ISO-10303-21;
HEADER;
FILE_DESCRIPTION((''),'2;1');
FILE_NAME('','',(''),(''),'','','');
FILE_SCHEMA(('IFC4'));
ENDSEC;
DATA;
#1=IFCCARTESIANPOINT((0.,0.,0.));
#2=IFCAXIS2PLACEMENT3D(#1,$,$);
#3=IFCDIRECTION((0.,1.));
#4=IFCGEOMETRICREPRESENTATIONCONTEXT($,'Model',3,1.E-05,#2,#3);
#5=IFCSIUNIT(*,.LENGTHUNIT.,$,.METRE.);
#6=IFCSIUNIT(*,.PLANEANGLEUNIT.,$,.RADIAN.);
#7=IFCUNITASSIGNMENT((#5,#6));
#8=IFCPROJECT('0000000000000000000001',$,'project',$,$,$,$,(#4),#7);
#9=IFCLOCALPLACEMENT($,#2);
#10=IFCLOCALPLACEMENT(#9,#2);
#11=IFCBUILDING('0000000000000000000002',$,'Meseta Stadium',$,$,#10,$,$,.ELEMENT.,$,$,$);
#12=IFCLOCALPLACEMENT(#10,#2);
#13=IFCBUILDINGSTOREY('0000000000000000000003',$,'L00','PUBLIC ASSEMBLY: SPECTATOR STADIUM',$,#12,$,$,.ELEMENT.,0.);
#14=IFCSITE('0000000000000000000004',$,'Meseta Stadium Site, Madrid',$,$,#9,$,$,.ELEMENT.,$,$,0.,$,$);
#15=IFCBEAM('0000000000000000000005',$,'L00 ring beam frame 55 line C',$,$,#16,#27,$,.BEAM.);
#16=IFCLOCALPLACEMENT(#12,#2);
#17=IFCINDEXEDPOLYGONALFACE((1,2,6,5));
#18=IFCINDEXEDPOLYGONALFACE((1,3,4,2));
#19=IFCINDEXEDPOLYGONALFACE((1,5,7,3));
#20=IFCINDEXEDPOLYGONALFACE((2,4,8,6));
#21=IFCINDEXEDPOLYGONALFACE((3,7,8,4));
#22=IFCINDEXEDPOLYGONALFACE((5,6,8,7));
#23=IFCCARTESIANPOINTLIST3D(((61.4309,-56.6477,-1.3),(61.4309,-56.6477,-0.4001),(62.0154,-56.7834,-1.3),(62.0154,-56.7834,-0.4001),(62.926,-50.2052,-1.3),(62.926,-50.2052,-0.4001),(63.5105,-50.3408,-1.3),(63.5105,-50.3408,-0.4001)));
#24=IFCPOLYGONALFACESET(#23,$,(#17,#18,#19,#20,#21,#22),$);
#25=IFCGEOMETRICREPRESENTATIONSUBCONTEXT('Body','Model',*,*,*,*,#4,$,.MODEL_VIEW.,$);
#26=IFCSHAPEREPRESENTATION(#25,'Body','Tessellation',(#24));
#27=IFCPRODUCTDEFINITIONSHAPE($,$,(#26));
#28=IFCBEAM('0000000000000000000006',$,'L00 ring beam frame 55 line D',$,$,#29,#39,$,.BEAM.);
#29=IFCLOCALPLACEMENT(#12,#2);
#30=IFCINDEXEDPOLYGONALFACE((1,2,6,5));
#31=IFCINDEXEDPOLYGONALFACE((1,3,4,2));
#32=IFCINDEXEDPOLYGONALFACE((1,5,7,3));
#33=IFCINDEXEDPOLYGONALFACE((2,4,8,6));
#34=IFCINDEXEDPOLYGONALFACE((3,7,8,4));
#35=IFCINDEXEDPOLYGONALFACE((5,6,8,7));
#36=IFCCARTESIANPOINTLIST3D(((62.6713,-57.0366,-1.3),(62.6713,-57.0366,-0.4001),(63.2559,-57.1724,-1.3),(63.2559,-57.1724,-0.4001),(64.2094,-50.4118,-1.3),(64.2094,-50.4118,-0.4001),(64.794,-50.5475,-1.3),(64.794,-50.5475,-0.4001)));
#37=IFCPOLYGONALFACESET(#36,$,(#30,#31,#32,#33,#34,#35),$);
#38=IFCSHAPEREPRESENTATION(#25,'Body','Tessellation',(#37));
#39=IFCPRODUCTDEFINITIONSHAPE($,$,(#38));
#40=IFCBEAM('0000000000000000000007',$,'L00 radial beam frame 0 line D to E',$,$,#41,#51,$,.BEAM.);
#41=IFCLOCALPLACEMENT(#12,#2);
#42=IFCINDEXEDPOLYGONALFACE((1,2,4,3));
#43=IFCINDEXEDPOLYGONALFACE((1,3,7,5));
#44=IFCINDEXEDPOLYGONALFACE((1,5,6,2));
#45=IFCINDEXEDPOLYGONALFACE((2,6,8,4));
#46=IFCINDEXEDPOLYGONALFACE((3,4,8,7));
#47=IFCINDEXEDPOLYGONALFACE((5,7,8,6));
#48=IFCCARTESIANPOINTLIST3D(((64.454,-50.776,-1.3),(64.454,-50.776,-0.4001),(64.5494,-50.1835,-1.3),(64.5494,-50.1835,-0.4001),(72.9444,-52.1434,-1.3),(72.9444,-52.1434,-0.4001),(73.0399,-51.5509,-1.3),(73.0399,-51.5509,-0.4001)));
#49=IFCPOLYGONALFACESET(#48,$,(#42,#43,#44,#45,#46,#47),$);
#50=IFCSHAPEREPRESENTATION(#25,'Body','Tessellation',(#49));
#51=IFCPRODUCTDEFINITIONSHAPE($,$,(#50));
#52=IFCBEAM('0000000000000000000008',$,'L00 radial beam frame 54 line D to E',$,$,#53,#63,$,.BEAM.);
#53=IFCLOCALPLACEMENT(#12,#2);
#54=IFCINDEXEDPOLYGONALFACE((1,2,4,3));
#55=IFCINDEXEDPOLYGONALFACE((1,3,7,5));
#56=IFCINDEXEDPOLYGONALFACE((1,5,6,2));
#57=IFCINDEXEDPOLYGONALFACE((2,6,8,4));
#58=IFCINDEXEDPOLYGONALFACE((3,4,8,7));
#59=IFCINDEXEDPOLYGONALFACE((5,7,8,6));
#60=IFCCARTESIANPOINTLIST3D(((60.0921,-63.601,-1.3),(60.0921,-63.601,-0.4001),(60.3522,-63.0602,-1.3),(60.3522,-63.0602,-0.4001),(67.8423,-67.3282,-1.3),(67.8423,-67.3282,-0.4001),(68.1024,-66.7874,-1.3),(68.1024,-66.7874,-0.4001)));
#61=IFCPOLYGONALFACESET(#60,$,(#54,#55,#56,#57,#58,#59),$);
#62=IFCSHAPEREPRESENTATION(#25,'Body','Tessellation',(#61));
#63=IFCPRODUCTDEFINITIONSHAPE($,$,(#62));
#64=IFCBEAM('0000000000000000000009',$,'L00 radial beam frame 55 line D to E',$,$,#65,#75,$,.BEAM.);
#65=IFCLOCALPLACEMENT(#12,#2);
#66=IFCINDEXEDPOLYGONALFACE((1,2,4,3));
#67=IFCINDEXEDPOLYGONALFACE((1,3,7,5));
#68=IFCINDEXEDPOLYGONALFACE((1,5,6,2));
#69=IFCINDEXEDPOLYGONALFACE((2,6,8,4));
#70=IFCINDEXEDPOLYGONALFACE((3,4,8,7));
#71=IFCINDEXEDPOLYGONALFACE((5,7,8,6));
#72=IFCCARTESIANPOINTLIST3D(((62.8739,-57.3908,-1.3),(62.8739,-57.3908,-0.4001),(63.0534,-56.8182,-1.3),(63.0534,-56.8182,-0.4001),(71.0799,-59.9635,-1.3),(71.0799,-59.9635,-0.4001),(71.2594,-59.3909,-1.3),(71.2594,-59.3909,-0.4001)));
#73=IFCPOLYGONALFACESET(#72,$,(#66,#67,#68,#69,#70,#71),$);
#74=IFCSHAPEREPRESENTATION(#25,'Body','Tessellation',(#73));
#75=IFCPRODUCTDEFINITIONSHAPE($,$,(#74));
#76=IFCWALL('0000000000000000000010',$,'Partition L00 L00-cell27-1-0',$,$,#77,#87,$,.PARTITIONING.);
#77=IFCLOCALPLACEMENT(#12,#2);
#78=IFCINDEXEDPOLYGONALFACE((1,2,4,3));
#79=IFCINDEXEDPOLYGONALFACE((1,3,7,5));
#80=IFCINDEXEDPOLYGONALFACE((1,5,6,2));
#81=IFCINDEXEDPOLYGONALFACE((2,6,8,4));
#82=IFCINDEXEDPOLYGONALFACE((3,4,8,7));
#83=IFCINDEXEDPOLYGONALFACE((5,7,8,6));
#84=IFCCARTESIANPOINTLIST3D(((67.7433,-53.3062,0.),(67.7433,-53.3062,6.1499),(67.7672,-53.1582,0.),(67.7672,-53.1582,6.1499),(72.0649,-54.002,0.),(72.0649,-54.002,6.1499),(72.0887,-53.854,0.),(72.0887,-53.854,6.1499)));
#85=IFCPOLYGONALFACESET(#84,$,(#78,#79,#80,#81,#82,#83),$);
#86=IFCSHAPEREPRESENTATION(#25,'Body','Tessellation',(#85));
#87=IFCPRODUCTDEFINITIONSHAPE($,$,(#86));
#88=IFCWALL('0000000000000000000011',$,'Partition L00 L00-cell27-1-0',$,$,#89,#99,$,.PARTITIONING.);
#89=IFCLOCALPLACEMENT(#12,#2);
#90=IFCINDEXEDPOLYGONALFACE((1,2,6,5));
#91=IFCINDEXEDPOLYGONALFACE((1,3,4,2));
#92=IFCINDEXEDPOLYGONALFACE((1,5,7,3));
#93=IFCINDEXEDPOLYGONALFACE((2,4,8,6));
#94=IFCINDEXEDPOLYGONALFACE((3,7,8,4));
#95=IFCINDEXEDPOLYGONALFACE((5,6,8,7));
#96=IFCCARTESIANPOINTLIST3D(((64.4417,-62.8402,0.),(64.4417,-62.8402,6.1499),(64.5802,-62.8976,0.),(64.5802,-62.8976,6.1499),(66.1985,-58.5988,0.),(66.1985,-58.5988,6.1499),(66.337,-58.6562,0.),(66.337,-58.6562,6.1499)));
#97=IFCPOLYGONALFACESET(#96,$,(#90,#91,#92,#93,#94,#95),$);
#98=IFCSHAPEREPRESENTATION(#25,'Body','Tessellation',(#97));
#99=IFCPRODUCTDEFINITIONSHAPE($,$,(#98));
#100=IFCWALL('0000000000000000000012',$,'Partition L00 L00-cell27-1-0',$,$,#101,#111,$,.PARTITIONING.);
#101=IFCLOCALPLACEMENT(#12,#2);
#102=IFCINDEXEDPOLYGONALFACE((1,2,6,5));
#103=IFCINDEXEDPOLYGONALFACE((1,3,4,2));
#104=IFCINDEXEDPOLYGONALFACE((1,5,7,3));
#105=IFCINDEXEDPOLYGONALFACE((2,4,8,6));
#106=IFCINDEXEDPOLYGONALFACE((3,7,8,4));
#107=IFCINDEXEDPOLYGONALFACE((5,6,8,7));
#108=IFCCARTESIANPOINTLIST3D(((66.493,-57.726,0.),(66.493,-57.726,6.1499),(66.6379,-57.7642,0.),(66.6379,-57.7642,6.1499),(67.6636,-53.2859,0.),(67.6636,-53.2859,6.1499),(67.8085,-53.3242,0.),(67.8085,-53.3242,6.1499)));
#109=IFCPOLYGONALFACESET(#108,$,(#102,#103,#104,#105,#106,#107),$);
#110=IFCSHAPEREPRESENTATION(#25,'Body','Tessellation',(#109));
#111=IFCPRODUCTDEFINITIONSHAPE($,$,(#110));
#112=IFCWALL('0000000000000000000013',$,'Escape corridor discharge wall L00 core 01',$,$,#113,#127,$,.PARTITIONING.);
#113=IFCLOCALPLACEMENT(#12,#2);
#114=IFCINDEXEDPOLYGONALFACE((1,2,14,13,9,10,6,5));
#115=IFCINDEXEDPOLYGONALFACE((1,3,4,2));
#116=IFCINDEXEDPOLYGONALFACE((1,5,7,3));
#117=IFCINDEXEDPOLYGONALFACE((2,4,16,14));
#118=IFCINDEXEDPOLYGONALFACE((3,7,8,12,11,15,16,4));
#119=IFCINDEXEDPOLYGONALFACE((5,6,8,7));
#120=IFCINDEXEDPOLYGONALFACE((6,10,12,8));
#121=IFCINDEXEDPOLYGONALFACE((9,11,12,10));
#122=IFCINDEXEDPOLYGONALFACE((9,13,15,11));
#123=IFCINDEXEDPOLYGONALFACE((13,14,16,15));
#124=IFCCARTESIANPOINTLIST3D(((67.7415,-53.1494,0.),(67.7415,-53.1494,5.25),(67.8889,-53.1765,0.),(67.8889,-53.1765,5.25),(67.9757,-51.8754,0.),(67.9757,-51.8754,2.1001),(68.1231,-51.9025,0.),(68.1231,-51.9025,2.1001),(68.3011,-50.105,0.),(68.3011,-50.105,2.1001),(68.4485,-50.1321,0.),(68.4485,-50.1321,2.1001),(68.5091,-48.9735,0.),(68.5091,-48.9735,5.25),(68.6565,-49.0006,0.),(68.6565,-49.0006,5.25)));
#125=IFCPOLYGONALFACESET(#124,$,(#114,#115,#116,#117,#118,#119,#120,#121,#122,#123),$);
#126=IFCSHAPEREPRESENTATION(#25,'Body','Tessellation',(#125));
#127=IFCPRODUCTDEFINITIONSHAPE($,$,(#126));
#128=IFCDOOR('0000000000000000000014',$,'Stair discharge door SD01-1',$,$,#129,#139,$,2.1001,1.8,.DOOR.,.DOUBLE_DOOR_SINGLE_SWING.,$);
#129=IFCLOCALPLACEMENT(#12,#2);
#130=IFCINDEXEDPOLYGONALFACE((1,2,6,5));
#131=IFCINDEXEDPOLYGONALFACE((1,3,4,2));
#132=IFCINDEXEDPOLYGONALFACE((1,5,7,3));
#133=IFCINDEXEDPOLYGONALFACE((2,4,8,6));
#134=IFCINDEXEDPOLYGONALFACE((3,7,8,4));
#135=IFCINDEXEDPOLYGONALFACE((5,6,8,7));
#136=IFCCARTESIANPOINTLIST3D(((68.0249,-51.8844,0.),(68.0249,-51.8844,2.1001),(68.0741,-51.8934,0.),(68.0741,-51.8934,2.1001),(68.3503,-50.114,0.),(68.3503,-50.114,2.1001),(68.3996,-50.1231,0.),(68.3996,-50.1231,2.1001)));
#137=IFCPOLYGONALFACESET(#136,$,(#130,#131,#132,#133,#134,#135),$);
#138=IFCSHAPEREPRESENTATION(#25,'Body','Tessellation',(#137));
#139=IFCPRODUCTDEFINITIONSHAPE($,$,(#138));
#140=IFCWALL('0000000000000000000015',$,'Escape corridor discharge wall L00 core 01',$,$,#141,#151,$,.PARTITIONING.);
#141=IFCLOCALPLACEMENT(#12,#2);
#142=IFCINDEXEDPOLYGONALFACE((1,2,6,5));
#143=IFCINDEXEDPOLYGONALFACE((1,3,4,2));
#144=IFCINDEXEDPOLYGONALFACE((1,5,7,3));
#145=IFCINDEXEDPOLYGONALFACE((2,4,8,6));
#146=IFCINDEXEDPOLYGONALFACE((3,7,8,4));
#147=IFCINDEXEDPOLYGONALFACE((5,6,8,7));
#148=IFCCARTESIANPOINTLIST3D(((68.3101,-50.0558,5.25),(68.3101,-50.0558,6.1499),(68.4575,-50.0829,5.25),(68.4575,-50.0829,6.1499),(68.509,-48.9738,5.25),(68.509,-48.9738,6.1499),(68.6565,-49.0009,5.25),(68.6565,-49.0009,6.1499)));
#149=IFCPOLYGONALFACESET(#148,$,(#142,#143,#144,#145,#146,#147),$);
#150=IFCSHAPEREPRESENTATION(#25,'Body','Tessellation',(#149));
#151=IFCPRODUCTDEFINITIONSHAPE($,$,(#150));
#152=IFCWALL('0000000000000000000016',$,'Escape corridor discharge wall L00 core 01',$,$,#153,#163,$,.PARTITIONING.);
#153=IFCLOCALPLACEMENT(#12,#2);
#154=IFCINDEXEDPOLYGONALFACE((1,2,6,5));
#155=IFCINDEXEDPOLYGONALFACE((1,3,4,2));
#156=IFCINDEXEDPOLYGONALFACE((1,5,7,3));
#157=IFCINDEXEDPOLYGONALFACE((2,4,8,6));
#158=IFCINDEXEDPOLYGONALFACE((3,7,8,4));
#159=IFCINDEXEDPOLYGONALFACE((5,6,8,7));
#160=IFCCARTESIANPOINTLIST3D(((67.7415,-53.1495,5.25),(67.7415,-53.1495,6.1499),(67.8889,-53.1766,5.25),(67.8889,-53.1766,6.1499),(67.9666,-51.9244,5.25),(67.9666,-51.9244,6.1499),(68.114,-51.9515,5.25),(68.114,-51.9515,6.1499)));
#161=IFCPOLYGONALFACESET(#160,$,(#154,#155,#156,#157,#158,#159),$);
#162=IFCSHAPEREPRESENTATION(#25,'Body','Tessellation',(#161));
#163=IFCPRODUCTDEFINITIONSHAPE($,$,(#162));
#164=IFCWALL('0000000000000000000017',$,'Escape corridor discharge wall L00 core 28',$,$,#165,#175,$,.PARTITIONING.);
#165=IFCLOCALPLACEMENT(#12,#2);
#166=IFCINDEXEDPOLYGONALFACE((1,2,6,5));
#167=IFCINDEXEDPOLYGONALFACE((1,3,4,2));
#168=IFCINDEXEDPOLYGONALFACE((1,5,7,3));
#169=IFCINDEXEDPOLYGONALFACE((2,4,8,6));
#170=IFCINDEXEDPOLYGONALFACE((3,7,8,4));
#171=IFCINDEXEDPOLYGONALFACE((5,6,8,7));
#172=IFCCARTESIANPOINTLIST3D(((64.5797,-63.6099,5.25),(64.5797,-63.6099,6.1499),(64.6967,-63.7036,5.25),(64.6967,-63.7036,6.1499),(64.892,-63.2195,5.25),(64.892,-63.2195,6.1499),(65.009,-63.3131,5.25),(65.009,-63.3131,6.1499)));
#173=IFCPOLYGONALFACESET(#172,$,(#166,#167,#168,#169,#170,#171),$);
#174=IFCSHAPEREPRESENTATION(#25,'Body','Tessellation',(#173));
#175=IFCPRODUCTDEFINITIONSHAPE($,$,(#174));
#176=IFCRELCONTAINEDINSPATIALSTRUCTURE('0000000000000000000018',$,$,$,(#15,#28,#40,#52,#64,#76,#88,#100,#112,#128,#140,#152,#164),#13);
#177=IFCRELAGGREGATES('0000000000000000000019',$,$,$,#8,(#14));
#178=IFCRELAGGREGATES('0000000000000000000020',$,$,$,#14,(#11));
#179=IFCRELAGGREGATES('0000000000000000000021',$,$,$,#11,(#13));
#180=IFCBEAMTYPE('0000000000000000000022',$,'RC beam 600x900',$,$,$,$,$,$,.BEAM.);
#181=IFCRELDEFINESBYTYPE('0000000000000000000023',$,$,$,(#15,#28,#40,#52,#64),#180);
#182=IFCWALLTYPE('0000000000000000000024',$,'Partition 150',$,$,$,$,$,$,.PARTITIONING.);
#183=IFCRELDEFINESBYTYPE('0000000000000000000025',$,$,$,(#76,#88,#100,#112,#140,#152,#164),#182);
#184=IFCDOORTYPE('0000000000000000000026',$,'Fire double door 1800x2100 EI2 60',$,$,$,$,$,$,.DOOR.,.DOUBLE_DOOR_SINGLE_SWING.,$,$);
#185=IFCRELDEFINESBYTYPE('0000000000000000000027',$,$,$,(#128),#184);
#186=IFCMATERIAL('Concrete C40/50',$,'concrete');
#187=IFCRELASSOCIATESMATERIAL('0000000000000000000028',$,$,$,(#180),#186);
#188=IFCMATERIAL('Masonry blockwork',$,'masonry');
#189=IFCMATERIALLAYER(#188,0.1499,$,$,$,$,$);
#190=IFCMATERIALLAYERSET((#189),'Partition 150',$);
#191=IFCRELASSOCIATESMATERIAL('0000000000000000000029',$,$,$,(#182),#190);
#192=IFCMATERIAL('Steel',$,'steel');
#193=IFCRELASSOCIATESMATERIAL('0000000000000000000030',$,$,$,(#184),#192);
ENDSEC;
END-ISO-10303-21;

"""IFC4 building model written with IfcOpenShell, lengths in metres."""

from ifc_helpers import new_model, si_unit, direction, frame, frame_2d, origin, origin_2d, place, context, subcontext, project, spatial, rectangle, extrude, material, layer, layer_set, material_profile, profile_set, type_object, element, fill, save


model = new_model("IFC4")

# Units and contexts
model_context = context("Model", 3, precision=1e-05, world=origin(), true_north=direction((0.0, 1.0)))
body_context = subcontext(model_context, "Body", "Model", "MODEL_VIEW")
ifc_project = project(units=[si_unit("LENGTHUNIT", "METRE"), si_unit("PLANEANGLEUNIT", "RADIAN")], contexts=[model_context])

# Site, building, storey
site_placement = place(None, origin())
site = spatial("IfcSite", under=ifc_project, at=site_placement, Name="Meseta Stadium Site, Madrid", CompositionType="ELEMENT", RefElevation=0.0)
building_placement = place(site_placement, origin())
building = spatial("IfcBuilding", under=site, at=building_placement, Name="Meseta Stadium", CompositionType="ELEMENT")
storey_placement = place(building_placement, origin())
storey = spatial("IfcBuildingStorey", under=building, at=storey_placement, Name="L00", Description="PUBLIC ASSEMBLY: SPECTATOR STADIUM", CompositionType="ELEMENT", Elevation=0.0)

# Beams
ifc_material_1 = material(Name="Concrete C40/50", Category="concrete")
ifc_material_profile_1 = material_profile(ifc_material_1, rectangle(XDim=0.6001, YDim=0.8999, at=origin_2d()), Name="RC 600x900")
ifc_profile_set_1 = profile_set([ifc_material_profile_1], Name="Concrete C40/50")
beam_type_1 = type_object("IfcBeamType", Name="RC beam 600x900", PredefinedType="BEAM", material=ifc_profile_set_1)
beam_1_placement = place(storey_placement, frame((61.7231, -56.7156, -0.8501), z_axis=(0.226059, 0.974114, 0.0), x_axis=(-0.974114, 0.226059, 0.0)))
element("IfcBeam", 1, at=beam_1_placement, inside=storey, type_object=beam_type_1, Name="L00 ring beam frame 55 line C", PredefinedType="BEAM", context=body_context, shape_type="SweptSolid", body=[
    extrude(rectangle(XDim=0.6001, YDim=0.8999, at=origin_2d()), origin(), (0.0, 0.0, 1.0), 6.6138),
])
beam_2_placement = place(storey_placement, frame((62.9636, -57.1045, -0.8501), z_axis=(0.226157, 0.974091, 0.0), x_axis=(-0.974091, 0.226157, 0.0)))
element("IfcBeam", 2, at=beam_2_placement, inside=storey, type_object=beam_type_1, Name="L00 ring beam frame 55 line D", PredefinedType="BEAM", context=body_context, shape_type="SweptSolid", body=[
    extrude(rectangle(XDim=0.6001, YDim=0.8999, at=origin_2d()), origin(), (0.0, 0.0, 1.0), 6.801),
])
for number, where, z_axis, x_axis, name in (
    (3, (64.5017, -50.4797, -0.8501), (0.987278, -0.159006, 0.0), (0.159006, 0.987278, 0.0), "L00 radial beam frame 0 line D to E"),
    (4, (60.2222, -63.3306, -0.8501), (0.901197, -0.433409, 0.0), (0.433409, 0.901197, 0.0), "L00 radial beam frame 54 line D to E"),
    (5, (62.9636, -57.1045, -0.8501), (0.954203, -0.299161, 0.0), (0.299161, 0.954203, 0.0), "L00 radial beam frame 55 line D to E"),
):
    element("IfcBeam", number, at=place(storey_placement, frame(where, z_axis=z_axis, x_axis=x_axis)), inside=storey, type_object=beam_type_1, Name=name, PredefinedType="BEAM", context=body_context, shape_type="SweptSolid", body=[
        extrude(rectangle(XDim=0.6001, YDim=0.8999, at=origin_2d()), origin(), (0.0, 0.0, 1.0), 8.5999),
    ])

# Walls
ifc_material_2 = material(Name="Masonry blockwork", Category="masonry")
ifc_layer = layer(ifc_material_2, 0.1499)
ifc_layer_set = layer_set([ifc_layer], Name="Partition 150")
wall_type = type_object("IfcWallType", Name="Partition 150", PredefinedType="PARTITIONING", material=ifc_layer_set)
wall_1_placement = place(storey_placement, frame((67.7554, -53.2322, 0.0), z_axis=(0.0, 0.0, 1.0), x_axis=(0.987285, -0.158961, 0.0)))
element("IfcWall", 6, at=wall_1_placement, inside=storey, type_object=wall_type, Name="Partition L00 L00-cell27-1-0", PredefinedType="PARTITIONING", context=body_context, shape_type="SweptSolid", body=[
    extrude(rectangle(XDim=4.3772, YDim=0.1499, at=frame_2d((2.1885, 0.0))), origin(), (0.0, 0.0, 1.0), 6.1499),
])
wall_2_placement = place(storey_placement, frame((64.511, -62.8689, 0.0), z_axis=(0.0, 0.0, 1.0), x_axis=(0.382677, 0.923882, 0.0)))
element("IfcWall", 7, at=wall_2_placement, inside=storey, type_object=wall_type, Name="Partition L00 L00-cell27-1-0", PredefinedType="PARTITIONING", context=body_context, shape_type="SweptSolid", body=[
    extrude(rectangle(XDim=4.5908, YDim=0.1499, at=frame_2d((2.2954, 0.0))), origin(), (0.0, 0.0, 1.0), 6.1499),
])
wall_3_placement = place(storey_placement, frame((66.5654, -57.7451, 0.0), z_axis=(0.0, 0.0, 1.0), x_axis=(0.254938, 0.966957, 0.0)))
element("IfcWall", 8, at=wall_3_placement, inside=storey, type_object=wall_type, Name="Partition L00 L00-cell27-1-0", PredefinedType="PARTITIONING", context=body_context, shape_type="SweptSolid", body=[
    extrude(rectangle(XDim=4.5918, YDim=0.1499, at=frame_2d((2.2959, 0.0))), origin(), (0.0, 0.0, 1.0), 6.1499),
])

# Wall, opening, door
wall_4_placement = place(storey_placement, frame((67.8152, -53.1631, 0.0), z_axis=(0.0, 0.0, 1.0), x_axis=(0.180788, 0.983522, 0.0)))
wall_4 = element("IfcWall", 9, at=wall_4_placement, inside=storey, type_object=wall_type, Name="Escape corridor discharge wall L00 core 01", PredefinedType="PARTITIONING", context=body_context, shape_type="SweptSolid", body=[
    extrude(rectangle(XDim=4.2458, YDim=0.1499, at=frame_2d((2.123, 0.0))), origin(), (0.0, 0.0, 1.0), 5.25),
])
opening_placement = place(wall_4_placement, frame((1.2957, 0.0, 0.0)))
opening = element("IfcOpeningElement", 10, at=opening_placement, cuts=wall_4, PredefinedType="OPENING", context=body_context, shape_type="SweptSolid", body=[
    extrude(rectangle(XDim=1.8, YDim=2.1001, at=frame_2d((0.8999, 1.05))), frame((0.0, 0.085, 0.0), z_axis=(0.0, -1.0, 0.0), x_axis=(1.0, 0.0, 0.0)), (0.0, 0.0, 1.0), 0.1699),
])
ifc_material_3 = material(Name="Steel", Category="steel")
door_type = type_object("IfcDoorType", Name="Fire double door 1800x2100 EI2 60", OperationType="DOUBLE_DOOR_SINGLE_SWING", PredefinedType="DOOR", material=ifc_material_3)
door_placement = place(opening_placement, origin())
door = element("IfcDoor", 11, at=door_placement, inside=storey, type_object=door_type, Name="Stair discharge door SD01-1", OperationType="DOUBLE_DOOR_SINGLE_SWING", OverallHeight=2.1001, OverallWidth=1.8, PredefinedType="DOOR", context=body_context, shape_type="SweptSolid", body=[
    extrude(rectangle(XDim=1.8, YDim=2.1001, at=frame_2d((0.8999, 1.05))), frame((0.0, 0.0249, 0.0), z_axis=(0.0, -1.0, 0.0), x_axis=(1.0, 0.0, 0.0)), (0.0, 0.0, 1.0), 0.05),
])
fill(opening, door)

# Walls
wall_5_placement = place(storey_placement, frame((68.3838, -50.0693, 5.25), z_axis=(0.0, 0.0, 1.0), x_axis=(0.180857, 0.983509, 0.0)))
element("IfcWall", 12, at=wall_5_placement, inside=storey, type_object=wall_type, Name="Escape corridor discharge wall L00 core 01", PredefinedType="PARTITIONING", context=body_context, shape_type="SweptSolid", body=[
    extrude(rectangle(XDim=1.1001, YDim=0.1499, at=frame_2d((0.55, 0.0))), origin(), (0.0, 0.0, 1.0), 0.8999),
])
wall_6_placement = place(storey_placement, frame((67.8152, -53.1631, 5.25), z_axis=(0.0, 0.0, 1.0), x_axis=(0.180713, 0.983536, 0.0)))
element("IfcWall", 13, at=wall_6_placement, inside=storey, type_object=wall_type, Name="Escape corridor discharge wall L00 core 01", PredefinedType="PARTITIONING", context=body_context, shape_type="SweptSolid", body=[
    extrude(rectangle(XDim=1.2456, YDim=0.1499, at=frame_2d((0.6228, 0.0))), origin(), (0.0, 0.0, 1.0), 0.8999),
])
wall_7_placement = place(storey_placement, frame((64.6382, -63.6567, 5.25), z_axis=(0.0, 0.0, 1.0), x_axis=(0.624635, 0.780916, 0.0)))
element("IfcWall", 14, at=wall_7_placement, inside=storey, type_object=wall_type, Name="Escape corridor discharge wall L00 core 28", PredefinedType="PARTITIONING", context=body_context, shape_type="SweptSolid", body=[
    extrude(rectangle(XDim=0.5, YDim=0.1499, at=frame_2d((0.25, 0.0))), origin(), (0.0, 0.0, 1.0), 0.8999),
])

save(model, "model.ifc")
